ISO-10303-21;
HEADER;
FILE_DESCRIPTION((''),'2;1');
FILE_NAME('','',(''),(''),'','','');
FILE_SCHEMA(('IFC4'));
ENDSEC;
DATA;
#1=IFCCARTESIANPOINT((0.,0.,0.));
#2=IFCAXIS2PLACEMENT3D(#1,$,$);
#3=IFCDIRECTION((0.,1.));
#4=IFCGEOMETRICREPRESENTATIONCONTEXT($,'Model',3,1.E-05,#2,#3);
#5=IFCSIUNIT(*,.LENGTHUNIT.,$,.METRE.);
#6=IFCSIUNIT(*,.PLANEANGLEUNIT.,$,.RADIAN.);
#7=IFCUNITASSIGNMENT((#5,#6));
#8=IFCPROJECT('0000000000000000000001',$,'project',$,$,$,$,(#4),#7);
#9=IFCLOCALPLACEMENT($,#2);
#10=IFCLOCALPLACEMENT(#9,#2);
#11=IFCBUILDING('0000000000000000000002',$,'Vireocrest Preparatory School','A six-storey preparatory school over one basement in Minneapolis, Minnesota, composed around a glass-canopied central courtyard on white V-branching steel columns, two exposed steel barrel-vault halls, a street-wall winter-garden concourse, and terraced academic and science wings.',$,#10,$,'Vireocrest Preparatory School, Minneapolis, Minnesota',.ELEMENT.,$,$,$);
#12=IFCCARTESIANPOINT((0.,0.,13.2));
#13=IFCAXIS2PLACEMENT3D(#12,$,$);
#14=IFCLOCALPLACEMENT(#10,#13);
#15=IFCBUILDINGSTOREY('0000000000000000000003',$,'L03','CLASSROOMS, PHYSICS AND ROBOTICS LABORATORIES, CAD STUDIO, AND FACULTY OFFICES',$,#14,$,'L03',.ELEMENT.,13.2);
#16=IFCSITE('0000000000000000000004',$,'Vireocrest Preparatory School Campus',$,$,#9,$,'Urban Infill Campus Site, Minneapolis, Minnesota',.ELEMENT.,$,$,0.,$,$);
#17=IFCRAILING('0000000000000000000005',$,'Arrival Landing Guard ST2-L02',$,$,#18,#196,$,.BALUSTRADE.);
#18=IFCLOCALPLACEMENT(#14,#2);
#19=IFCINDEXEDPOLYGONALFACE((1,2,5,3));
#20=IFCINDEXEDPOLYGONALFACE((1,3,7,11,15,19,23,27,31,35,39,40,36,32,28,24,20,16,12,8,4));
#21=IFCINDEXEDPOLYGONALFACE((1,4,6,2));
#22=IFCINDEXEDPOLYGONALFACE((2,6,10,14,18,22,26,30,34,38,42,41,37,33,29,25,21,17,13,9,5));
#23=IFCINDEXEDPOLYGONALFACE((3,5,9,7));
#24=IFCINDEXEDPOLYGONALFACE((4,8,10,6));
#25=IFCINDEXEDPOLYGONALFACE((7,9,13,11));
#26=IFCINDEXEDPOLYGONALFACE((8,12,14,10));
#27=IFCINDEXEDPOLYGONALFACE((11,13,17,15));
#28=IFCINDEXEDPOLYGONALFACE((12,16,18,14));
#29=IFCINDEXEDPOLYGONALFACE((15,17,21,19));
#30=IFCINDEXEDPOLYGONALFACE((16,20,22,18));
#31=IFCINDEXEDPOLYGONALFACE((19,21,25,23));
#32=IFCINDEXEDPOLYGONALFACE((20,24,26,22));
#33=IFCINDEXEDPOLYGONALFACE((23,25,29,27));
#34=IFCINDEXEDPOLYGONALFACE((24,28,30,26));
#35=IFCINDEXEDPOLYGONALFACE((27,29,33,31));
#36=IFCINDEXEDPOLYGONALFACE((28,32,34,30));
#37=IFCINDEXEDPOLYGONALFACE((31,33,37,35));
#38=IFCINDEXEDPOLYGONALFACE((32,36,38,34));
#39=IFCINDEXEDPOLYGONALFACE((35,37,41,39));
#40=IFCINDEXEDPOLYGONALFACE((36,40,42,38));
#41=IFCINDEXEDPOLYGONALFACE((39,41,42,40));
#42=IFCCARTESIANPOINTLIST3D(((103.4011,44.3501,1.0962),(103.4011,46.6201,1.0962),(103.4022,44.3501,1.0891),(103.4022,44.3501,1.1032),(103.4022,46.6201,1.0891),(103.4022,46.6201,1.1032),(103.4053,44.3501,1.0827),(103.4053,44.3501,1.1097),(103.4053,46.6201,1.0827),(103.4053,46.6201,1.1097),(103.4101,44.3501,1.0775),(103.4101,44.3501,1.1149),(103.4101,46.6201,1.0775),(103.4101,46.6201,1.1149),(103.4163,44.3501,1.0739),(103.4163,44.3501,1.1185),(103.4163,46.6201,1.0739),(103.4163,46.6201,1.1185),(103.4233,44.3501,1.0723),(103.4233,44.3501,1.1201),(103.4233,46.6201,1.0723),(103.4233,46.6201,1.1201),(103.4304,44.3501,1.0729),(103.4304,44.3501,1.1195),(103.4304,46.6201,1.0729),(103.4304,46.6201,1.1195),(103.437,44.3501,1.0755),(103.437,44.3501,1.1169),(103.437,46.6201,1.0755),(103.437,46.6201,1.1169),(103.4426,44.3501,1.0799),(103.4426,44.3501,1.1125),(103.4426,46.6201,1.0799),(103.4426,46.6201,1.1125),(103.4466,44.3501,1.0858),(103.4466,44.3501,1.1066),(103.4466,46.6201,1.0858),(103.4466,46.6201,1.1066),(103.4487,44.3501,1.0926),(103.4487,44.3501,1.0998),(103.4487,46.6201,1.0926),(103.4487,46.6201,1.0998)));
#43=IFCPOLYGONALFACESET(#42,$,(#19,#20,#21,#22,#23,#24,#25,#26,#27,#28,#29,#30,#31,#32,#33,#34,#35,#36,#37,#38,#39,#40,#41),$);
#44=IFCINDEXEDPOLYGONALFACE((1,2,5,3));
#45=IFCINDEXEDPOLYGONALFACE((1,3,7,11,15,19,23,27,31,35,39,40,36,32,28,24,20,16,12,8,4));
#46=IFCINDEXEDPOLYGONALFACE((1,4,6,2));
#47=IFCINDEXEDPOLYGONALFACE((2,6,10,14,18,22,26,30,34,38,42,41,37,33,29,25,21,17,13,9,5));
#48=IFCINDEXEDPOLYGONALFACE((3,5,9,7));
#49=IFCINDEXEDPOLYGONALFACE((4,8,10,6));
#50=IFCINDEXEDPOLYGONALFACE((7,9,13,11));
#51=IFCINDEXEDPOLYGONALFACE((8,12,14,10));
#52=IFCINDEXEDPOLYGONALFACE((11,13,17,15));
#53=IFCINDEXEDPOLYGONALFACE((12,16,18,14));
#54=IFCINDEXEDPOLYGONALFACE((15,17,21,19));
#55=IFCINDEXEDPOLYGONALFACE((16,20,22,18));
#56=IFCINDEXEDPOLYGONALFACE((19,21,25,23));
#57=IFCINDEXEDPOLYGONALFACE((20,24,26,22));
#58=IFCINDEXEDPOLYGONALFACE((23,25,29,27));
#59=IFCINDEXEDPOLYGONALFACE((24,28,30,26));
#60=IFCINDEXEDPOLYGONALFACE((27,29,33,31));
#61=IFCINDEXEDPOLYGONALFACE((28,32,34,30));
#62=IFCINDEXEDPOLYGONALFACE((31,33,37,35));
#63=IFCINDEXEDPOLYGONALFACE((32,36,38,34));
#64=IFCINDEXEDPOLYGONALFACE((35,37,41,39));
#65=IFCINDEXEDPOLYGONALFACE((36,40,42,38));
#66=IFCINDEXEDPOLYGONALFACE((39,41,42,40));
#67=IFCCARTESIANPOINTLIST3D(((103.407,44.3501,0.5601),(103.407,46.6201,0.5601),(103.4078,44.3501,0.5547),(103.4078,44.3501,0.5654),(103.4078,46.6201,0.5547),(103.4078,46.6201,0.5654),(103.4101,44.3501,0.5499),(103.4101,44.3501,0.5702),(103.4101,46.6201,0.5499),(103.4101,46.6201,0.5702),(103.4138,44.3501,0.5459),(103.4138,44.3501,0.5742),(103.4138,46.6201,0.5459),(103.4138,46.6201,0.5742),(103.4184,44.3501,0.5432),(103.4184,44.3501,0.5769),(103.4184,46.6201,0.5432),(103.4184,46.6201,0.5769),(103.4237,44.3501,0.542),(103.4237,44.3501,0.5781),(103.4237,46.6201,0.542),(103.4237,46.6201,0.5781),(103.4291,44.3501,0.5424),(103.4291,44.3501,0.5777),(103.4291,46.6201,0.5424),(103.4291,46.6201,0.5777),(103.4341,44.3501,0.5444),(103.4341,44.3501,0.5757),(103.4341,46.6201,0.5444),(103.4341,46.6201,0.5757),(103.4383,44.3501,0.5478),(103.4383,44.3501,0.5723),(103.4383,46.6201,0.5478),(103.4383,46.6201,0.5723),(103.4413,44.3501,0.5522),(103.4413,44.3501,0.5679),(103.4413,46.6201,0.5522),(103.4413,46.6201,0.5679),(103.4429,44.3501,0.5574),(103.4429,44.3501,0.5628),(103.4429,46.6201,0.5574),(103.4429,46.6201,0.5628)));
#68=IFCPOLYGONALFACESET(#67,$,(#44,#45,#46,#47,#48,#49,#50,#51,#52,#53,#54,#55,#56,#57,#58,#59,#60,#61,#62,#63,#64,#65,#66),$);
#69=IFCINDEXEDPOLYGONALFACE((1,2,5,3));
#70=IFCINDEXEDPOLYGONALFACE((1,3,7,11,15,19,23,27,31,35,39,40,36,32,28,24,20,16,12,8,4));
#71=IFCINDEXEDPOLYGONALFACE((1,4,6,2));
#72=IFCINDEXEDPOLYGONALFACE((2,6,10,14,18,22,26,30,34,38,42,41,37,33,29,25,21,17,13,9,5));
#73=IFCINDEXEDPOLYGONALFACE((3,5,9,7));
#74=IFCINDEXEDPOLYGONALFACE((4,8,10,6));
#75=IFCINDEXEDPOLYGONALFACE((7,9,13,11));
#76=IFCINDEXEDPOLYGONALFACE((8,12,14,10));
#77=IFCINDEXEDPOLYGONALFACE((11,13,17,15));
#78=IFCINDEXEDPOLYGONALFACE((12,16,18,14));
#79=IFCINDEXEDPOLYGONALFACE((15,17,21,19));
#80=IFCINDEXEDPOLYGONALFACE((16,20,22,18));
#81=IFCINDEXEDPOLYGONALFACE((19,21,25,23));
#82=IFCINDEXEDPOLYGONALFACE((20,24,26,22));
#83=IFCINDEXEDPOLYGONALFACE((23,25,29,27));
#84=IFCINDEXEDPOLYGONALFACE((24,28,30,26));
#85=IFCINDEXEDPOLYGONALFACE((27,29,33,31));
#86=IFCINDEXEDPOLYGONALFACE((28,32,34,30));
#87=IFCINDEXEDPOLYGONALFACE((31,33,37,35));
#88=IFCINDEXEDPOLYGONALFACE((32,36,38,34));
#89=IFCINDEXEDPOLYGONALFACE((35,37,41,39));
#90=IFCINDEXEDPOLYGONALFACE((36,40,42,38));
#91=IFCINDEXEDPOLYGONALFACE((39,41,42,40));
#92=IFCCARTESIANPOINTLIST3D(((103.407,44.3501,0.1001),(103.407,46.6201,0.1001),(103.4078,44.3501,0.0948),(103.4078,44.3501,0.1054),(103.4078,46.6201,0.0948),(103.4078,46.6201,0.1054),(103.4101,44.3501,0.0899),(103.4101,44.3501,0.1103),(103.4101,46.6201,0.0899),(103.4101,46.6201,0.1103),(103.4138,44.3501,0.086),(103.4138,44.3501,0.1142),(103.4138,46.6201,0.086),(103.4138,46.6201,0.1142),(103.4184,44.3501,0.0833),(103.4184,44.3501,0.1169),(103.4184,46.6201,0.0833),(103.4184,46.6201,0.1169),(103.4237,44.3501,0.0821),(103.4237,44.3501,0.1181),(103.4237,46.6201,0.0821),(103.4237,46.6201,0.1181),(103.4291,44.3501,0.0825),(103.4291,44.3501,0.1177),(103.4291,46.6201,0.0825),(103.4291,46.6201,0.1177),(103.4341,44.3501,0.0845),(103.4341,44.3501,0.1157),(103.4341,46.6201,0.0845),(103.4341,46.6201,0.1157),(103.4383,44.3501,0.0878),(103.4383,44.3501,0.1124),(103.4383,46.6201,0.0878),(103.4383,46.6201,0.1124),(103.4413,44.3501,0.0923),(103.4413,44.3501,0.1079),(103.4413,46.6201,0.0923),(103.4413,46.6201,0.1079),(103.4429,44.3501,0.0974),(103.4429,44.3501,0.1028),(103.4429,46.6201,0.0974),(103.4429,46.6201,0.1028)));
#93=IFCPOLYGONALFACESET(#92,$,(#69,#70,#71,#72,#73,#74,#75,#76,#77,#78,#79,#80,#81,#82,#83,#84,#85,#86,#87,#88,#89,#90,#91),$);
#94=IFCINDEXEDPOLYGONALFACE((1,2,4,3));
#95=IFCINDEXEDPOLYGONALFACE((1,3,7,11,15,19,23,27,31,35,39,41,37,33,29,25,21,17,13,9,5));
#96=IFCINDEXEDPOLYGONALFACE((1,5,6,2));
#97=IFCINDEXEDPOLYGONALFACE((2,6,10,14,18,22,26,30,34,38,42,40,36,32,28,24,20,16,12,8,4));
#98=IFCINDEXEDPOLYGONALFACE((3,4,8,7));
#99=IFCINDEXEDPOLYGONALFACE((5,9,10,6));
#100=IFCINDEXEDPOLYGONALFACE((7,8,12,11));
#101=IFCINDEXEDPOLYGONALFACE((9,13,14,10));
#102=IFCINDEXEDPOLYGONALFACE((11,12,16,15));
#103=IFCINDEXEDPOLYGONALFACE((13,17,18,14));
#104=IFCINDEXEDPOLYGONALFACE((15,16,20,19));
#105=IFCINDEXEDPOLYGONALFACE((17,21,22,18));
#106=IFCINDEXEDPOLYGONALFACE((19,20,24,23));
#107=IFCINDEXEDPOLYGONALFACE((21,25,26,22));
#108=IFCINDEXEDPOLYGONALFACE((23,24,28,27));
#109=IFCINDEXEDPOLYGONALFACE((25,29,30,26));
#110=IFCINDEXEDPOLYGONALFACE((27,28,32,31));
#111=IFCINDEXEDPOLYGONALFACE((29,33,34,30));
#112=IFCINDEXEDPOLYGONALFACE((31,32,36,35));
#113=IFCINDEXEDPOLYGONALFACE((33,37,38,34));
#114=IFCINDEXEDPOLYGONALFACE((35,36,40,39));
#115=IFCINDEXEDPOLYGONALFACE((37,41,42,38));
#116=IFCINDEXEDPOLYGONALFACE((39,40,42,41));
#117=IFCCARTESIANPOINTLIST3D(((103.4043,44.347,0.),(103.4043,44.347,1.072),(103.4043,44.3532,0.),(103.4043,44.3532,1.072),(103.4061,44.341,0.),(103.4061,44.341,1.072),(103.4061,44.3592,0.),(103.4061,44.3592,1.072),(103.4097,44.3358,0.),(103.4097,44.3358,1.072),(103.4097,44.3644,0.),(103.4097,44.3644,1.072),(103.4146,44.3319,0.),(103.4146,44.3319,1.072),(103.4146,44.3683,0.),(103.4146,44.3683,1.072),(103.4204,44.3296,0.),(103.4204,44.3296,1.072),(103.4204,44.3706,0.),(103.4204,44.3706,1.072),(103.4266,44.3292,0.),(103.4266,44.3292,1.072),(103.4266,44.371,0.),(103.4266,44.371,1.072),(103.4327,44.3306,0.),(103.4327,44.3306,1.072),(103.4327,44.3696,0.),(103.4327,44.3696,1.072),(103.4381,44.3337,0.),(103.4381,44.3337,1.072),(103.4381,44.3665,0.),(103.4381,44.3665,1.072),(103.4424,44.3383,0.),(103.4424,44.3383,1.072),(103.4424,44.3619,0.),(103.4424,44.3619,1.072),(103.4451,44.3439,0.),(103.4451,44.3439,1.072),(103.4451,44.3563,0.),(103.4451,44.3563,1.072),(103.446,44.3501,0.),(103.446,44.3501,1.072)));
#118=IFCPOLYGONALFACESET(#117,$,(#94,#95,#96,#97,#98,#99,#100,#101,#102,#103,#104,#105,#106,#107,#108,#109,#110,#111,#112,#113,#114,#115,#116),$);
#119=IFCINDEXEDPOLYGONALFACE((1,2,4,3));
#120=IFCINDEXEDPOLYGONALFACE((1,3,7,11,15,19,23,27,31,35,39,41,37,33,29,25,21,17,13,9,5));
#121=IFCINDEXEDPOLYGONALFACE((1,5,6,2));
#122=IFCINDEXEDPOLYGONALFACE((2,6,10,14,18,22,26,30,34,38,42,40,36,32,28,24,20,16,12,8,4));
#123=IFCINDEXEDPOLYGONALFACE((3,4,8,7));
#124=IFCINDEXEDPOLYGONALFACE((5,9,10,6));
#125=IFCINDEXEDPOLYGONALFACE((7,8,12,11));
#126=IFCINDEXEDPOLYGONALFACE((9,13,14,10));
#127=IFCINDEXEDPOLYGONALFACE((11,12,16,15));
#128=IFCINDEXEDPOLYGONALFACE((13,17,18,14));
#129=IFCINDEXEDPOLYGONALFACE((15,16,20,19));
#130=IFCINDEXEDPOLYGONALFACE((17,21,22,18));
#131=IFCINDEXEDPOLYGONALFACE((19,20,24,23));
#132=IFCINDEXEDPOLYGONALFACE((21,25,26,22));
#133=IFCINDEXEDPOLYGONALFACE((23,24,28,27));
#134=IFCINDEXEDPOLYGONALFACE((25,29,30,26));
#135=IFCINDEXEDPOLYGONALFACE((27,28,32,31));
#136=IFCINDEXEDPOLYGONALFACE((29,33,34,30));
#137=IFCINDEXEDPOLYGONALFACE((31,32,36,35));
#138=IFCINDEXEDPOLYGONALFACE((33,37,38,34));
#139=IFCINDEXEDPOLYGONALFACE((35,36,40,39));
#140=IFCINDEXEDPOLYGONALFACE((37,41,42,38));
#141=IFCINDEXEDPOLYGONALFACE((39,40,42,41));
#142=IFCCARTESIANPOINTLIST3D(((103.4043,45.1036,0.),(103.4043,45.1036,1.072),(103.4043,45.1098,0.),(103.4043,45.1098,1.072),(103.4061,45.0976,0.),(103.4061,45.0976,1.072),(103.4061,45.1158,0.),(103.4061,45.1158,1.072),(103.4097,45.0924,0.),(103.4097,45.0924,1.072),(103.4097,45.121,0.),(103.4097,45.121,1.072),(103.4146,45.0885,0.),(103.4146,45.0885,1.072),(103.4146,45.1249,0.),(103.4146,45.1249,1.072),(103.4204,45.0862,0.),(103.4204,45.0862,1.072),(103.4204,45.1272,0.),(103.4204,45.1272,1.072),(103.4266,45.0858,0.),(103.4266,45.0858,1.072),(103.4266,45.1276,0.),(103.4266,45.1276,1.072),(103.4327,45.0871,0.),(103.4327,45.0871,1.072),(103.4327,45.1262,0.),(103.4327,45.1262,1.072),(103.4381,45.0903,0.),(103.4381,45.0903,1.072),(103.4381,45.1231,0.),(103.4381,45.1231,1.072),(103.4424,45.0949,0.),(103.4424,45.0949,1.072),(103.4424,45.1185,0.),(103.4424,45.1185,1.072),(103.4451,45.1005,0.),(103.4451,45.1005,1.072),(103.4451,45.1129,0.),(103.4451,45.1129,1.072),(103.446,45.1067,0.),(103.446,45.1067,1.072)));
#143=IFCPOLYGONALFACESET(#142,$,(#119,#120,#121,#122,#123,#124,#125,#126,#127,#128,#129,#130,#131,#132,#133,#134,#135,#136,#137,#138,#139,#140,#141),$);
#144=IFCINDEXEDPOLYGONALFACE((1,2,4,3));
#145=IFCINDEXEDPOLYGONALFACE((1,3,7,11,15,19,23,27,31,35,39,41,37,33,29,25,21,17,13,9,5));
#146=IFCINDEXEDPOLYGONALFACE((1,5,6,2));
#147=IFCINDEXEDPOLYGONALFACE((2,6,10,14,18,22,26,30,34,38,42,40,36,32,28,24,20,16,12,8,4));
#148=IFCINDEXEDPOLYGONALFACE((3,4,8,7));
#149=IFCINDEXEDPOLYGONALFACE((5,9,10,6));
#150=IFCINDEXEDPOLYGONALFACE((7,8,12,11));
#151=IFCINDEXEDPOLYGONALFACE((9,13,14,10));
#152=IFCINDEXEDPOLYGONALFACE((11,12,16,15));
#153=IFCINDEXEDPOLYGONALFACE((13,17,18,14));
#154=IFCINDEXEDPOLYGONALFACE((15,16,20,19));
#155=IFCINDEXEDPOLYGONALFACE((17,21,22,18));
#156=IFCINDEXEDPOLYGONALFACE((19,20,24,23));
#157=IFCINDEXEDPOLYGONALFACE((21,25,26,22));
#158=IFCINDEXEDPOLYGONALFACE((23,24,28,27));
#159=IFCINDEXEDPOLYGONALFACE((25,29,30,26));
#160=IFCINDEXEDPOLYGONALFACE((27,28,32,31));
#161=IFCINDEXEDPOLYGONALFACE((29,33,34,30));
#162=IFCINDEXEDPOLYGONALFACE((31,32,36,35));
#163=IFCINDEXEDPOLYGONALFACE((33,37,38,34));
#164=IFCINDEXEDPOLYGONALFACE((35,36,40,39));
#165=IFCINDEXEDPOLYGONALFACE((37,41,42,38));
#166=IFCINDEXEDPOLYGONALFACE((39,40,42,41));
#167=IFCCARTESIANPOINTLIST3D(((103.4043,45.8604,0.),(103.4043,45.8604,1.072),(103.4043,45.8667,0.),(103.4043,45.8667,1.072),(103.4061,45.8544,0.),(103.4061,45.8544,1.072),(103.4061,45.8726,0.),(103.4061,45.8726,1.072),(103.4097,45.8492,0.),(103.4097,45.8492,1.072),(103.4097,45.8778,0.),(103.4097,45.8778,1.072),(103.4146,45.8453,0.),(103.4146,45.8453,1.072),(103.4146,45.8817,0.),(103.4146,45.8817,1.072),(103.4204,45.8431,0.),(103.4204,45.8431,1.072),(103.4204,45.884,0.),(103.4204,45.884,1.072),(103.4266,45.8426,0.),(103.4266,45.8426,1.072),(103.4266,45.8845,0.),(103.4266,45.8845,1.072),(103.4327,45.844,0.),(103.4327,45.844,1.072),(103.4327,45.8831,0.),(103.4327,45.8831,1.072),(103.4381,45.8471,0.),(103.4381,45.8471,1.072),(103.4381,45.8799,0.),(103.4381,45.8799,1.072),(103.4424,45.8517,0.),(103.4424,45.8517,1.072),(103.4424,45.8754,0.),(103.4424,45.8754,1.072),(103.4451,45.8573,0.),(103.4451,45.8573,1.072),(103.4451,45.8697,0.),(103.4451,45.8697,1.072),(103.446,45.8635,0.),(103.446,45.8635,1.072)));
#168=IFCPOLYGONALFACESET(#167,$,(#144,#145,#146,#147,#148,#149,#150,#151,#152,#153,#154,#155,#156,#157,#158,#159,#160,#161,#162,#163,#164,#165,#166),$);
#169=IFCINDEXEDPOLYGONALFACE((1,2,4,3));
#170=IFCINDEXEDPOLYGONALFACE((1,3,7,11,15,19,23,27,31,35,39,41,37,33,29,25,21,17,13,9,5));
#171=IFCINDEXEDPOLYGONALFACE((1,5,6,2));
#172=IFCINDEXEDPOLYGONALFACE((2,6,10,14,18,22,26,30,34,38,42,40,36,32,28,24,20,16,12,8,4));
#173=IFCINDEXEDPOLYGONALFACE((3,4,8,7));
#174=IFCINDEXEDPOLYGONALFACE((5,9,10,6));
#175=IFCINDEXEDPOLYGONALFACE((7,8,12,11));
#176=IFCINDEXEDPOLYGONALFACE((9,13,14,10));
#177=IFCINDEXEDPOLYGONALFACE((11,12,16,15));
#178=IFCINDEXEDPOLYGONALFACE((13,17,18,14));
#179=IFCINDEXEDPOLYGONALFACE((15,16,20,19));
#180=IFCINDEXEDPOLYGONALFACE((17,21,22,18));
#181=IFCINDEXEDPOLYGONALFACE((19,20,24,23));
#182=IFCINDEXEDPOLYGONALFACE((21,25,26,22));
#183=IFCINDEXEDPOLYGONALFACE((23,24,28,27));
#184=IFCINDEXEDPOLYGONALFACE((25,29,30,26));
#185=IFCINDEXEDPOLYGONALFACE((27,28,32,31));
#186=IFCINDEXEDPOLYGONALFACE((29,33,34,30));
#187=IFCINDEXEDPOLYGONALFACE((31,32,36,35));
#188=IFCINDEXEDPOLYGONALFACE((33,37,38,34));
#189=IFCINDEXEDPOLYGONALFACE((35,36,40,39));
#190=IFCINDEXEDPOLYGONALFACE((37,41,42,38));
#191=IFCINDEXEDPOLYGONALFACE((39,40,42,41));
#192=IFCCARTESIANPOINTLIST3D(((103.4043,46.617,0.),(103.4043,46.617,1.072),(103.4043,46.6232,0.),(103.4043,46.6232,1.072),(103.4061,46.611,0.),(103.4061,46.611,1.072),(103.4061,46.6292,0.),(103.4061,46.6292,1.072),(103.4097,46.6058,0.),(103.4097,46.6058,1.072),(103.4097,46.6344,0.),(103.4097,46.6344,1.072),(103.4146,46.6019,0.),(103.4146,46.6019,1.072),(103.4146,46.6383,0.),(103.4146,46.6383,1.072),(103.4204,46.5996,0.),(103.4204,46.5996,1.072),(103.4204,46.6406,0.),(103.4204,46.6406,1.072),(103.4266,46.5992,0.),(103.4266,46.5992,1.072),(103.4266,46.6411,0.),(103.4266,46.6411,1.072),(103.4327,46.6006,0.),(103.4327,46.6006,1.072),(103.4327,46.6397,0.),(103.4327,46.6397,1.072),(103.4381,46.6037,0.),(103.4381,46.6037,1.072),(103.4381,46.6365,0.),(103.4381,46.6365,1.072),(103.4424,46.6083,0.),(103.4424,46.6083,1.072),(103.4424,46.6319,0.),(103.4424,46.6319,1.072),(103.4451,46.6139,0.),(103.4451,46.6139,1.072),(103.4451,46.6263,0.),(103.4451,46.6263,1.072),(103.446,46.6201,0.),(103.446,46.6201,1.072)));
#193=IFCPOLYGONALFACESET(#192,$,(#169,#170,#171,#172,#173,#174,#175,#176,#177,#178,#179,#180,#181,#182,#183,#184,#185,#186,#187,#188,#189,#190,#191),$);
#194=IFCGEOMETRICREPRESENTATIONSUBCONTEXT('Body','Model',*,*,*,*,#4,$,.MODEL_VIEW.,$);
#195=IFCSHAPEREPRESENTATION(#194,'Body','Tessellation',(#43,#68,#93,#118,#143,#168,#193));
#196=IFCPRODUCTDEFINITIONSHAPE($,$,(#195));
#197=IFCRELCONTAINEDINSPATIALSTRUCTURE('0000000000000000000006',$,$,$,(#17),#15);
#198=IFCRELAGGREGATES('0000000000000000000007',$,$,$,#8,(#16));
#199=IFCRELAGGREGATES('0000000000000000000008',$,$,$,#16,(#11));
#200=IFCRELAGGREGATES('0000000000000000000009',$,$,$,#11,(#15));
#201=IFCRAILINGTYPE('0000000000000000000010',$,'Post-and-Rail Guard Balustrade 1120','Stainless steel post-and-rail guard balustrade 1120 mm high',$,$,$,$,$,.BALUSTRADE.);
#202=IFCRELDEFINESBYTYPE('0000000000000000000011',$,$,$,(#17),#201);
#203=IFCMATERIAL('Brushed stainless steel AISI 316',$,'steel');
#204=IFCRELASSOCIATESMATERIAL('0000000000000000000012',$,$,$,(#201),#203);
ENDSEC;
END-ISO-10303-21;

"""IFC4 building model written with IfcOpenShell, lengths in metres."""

from ifc_helpers import new_model, si_unit, direction, frame, origin, origin_2d, place, context, subcontext, project, spatial, circle, extrude, material, type_object, element, save


model = new_model("IFC4")

# Units and contexts
model_context = context("Model", 3, precision=1e-05, world=origin(), true_north=direction((0.0, 1.0)))
body_context = subcontext(model_context, "Body", "Model", "MODEL_VIEW")
ifc_project = project(units=[si_unit("LENGTHUNIT", "METRE"), si_unit("PLANEANGLEUNIT", "RADIAN")], contexts=[model_context])

# Site, building, storey
site_placement = place(None, origin())
site = spatial("IfcSite", under=ifc_project, at=site_placement, Name="Vireocrest Preparatory School Campus", LongName="Urban Infill Campus Site, Minneapolis, Minnesota", CompositionType="ELEMENT", RefElevation=0.0)
building_placement = place(site_placement, origin())
building = spatial("IfcBuilding", under=site, at=building_placement, Name="Vireocrest Preparatory School", Description="A six-storey preparatory school over one basement in Minneapolis, Minnesota, composed around a glass-canopied central courtyard on white V-branching steel columns, two exposed steel barrel-vault halls, a street-wall winter-garden concourse, and terraced academic and science wings.", LongName="Vireocrest Preparatory School, Minneapolis, Minnesota", CompositionType="ELEMENT")
storey_placement = place(building_placement, frame((0.0, 0.0, 13.2)))
storey = spatial("IfcBuildingStorey", under=building, at=storey_placement, Name="L03", Description="CLASSROOMS, PHYSICS AND ROBOTICS LABORATORIES, CAD STUDIO, AND FACULTY OFFICES", LongName="L03", CompositionType="ELEMENT", Elevation=13.2)

# Railing
ifc_material_1 = material(Name="Brushed stainless steel AISI 316", Category="steel")
railing_type_1 = type_object("IfcRailingType", Name="Post-and-Rail Guard Balustrade 1120", Description="Stainless steel post-and-rail guard balustrade 1120 mm high", PredefinedType="BALUSTRADE", material=ifc_material_1)
railing_1_placement = place(storey_placement, frame((103.425, 44.3501, 0.0)))
element("IfcRailing", 1, at=railing_1_placement, inside=storey, type_object=railing_type_1, Name="Arrival Landing Guard ST2-L02", PredefinedType="BALUSTRADE", context=body_context, shape_type="SweptSolid", body=[
    extrude(circle(Radius=0.0239, at=origin_2d()), frame((0.0, 0.0, 1.0962), z_axis=(0.0, 1.0, 0.0), x_axis=(-1.0, 0.0, 0.0)), (0.0, 0.0, 1.0), 2.27),
    extrude(circle(Radius=0.0181, at=origin_2d()), frame((0.0, 0.0, 0.5601), z_axis=(0.0, 1.0, 0.0), x_axis=(-1.0, 0.0, 0.0)), (0.0, 0.0, 1.0), 2.27),
    extrude(circle(Radius=0.0181, at=origin_2d()), frame((0.0, 0.0, 0.1001), z_axis=(0.0, 1.0, 0.0), x_axis=(-1.0, 0.0, 0.0)), (0.0, 0.0, 1.0), 2.27),
    extrude(circle(Radius=0.021, at=origin_2d()), origin(), (0.0, 0.0, 1.0), 1.072),
    extrude(circle(Radius=0.021, at=origin_2d()), frame((0.0, 0.7566, 0.0)), (0.0, 0.0, 1.0), 1.072),
    extrude(circle(Radius=0.021, at=origin_2d()), frame((0.0, 1.5134, 0.0)), (0.0, 0.0, 1.0), 1.072),
    extrude(circle(Radius=0.021, at=origin_2d()), frame((0.0, 2.27, 0.0)), (0.0, 0.0, 1.0), 1.072),
])

save(model, "model.ifc")
